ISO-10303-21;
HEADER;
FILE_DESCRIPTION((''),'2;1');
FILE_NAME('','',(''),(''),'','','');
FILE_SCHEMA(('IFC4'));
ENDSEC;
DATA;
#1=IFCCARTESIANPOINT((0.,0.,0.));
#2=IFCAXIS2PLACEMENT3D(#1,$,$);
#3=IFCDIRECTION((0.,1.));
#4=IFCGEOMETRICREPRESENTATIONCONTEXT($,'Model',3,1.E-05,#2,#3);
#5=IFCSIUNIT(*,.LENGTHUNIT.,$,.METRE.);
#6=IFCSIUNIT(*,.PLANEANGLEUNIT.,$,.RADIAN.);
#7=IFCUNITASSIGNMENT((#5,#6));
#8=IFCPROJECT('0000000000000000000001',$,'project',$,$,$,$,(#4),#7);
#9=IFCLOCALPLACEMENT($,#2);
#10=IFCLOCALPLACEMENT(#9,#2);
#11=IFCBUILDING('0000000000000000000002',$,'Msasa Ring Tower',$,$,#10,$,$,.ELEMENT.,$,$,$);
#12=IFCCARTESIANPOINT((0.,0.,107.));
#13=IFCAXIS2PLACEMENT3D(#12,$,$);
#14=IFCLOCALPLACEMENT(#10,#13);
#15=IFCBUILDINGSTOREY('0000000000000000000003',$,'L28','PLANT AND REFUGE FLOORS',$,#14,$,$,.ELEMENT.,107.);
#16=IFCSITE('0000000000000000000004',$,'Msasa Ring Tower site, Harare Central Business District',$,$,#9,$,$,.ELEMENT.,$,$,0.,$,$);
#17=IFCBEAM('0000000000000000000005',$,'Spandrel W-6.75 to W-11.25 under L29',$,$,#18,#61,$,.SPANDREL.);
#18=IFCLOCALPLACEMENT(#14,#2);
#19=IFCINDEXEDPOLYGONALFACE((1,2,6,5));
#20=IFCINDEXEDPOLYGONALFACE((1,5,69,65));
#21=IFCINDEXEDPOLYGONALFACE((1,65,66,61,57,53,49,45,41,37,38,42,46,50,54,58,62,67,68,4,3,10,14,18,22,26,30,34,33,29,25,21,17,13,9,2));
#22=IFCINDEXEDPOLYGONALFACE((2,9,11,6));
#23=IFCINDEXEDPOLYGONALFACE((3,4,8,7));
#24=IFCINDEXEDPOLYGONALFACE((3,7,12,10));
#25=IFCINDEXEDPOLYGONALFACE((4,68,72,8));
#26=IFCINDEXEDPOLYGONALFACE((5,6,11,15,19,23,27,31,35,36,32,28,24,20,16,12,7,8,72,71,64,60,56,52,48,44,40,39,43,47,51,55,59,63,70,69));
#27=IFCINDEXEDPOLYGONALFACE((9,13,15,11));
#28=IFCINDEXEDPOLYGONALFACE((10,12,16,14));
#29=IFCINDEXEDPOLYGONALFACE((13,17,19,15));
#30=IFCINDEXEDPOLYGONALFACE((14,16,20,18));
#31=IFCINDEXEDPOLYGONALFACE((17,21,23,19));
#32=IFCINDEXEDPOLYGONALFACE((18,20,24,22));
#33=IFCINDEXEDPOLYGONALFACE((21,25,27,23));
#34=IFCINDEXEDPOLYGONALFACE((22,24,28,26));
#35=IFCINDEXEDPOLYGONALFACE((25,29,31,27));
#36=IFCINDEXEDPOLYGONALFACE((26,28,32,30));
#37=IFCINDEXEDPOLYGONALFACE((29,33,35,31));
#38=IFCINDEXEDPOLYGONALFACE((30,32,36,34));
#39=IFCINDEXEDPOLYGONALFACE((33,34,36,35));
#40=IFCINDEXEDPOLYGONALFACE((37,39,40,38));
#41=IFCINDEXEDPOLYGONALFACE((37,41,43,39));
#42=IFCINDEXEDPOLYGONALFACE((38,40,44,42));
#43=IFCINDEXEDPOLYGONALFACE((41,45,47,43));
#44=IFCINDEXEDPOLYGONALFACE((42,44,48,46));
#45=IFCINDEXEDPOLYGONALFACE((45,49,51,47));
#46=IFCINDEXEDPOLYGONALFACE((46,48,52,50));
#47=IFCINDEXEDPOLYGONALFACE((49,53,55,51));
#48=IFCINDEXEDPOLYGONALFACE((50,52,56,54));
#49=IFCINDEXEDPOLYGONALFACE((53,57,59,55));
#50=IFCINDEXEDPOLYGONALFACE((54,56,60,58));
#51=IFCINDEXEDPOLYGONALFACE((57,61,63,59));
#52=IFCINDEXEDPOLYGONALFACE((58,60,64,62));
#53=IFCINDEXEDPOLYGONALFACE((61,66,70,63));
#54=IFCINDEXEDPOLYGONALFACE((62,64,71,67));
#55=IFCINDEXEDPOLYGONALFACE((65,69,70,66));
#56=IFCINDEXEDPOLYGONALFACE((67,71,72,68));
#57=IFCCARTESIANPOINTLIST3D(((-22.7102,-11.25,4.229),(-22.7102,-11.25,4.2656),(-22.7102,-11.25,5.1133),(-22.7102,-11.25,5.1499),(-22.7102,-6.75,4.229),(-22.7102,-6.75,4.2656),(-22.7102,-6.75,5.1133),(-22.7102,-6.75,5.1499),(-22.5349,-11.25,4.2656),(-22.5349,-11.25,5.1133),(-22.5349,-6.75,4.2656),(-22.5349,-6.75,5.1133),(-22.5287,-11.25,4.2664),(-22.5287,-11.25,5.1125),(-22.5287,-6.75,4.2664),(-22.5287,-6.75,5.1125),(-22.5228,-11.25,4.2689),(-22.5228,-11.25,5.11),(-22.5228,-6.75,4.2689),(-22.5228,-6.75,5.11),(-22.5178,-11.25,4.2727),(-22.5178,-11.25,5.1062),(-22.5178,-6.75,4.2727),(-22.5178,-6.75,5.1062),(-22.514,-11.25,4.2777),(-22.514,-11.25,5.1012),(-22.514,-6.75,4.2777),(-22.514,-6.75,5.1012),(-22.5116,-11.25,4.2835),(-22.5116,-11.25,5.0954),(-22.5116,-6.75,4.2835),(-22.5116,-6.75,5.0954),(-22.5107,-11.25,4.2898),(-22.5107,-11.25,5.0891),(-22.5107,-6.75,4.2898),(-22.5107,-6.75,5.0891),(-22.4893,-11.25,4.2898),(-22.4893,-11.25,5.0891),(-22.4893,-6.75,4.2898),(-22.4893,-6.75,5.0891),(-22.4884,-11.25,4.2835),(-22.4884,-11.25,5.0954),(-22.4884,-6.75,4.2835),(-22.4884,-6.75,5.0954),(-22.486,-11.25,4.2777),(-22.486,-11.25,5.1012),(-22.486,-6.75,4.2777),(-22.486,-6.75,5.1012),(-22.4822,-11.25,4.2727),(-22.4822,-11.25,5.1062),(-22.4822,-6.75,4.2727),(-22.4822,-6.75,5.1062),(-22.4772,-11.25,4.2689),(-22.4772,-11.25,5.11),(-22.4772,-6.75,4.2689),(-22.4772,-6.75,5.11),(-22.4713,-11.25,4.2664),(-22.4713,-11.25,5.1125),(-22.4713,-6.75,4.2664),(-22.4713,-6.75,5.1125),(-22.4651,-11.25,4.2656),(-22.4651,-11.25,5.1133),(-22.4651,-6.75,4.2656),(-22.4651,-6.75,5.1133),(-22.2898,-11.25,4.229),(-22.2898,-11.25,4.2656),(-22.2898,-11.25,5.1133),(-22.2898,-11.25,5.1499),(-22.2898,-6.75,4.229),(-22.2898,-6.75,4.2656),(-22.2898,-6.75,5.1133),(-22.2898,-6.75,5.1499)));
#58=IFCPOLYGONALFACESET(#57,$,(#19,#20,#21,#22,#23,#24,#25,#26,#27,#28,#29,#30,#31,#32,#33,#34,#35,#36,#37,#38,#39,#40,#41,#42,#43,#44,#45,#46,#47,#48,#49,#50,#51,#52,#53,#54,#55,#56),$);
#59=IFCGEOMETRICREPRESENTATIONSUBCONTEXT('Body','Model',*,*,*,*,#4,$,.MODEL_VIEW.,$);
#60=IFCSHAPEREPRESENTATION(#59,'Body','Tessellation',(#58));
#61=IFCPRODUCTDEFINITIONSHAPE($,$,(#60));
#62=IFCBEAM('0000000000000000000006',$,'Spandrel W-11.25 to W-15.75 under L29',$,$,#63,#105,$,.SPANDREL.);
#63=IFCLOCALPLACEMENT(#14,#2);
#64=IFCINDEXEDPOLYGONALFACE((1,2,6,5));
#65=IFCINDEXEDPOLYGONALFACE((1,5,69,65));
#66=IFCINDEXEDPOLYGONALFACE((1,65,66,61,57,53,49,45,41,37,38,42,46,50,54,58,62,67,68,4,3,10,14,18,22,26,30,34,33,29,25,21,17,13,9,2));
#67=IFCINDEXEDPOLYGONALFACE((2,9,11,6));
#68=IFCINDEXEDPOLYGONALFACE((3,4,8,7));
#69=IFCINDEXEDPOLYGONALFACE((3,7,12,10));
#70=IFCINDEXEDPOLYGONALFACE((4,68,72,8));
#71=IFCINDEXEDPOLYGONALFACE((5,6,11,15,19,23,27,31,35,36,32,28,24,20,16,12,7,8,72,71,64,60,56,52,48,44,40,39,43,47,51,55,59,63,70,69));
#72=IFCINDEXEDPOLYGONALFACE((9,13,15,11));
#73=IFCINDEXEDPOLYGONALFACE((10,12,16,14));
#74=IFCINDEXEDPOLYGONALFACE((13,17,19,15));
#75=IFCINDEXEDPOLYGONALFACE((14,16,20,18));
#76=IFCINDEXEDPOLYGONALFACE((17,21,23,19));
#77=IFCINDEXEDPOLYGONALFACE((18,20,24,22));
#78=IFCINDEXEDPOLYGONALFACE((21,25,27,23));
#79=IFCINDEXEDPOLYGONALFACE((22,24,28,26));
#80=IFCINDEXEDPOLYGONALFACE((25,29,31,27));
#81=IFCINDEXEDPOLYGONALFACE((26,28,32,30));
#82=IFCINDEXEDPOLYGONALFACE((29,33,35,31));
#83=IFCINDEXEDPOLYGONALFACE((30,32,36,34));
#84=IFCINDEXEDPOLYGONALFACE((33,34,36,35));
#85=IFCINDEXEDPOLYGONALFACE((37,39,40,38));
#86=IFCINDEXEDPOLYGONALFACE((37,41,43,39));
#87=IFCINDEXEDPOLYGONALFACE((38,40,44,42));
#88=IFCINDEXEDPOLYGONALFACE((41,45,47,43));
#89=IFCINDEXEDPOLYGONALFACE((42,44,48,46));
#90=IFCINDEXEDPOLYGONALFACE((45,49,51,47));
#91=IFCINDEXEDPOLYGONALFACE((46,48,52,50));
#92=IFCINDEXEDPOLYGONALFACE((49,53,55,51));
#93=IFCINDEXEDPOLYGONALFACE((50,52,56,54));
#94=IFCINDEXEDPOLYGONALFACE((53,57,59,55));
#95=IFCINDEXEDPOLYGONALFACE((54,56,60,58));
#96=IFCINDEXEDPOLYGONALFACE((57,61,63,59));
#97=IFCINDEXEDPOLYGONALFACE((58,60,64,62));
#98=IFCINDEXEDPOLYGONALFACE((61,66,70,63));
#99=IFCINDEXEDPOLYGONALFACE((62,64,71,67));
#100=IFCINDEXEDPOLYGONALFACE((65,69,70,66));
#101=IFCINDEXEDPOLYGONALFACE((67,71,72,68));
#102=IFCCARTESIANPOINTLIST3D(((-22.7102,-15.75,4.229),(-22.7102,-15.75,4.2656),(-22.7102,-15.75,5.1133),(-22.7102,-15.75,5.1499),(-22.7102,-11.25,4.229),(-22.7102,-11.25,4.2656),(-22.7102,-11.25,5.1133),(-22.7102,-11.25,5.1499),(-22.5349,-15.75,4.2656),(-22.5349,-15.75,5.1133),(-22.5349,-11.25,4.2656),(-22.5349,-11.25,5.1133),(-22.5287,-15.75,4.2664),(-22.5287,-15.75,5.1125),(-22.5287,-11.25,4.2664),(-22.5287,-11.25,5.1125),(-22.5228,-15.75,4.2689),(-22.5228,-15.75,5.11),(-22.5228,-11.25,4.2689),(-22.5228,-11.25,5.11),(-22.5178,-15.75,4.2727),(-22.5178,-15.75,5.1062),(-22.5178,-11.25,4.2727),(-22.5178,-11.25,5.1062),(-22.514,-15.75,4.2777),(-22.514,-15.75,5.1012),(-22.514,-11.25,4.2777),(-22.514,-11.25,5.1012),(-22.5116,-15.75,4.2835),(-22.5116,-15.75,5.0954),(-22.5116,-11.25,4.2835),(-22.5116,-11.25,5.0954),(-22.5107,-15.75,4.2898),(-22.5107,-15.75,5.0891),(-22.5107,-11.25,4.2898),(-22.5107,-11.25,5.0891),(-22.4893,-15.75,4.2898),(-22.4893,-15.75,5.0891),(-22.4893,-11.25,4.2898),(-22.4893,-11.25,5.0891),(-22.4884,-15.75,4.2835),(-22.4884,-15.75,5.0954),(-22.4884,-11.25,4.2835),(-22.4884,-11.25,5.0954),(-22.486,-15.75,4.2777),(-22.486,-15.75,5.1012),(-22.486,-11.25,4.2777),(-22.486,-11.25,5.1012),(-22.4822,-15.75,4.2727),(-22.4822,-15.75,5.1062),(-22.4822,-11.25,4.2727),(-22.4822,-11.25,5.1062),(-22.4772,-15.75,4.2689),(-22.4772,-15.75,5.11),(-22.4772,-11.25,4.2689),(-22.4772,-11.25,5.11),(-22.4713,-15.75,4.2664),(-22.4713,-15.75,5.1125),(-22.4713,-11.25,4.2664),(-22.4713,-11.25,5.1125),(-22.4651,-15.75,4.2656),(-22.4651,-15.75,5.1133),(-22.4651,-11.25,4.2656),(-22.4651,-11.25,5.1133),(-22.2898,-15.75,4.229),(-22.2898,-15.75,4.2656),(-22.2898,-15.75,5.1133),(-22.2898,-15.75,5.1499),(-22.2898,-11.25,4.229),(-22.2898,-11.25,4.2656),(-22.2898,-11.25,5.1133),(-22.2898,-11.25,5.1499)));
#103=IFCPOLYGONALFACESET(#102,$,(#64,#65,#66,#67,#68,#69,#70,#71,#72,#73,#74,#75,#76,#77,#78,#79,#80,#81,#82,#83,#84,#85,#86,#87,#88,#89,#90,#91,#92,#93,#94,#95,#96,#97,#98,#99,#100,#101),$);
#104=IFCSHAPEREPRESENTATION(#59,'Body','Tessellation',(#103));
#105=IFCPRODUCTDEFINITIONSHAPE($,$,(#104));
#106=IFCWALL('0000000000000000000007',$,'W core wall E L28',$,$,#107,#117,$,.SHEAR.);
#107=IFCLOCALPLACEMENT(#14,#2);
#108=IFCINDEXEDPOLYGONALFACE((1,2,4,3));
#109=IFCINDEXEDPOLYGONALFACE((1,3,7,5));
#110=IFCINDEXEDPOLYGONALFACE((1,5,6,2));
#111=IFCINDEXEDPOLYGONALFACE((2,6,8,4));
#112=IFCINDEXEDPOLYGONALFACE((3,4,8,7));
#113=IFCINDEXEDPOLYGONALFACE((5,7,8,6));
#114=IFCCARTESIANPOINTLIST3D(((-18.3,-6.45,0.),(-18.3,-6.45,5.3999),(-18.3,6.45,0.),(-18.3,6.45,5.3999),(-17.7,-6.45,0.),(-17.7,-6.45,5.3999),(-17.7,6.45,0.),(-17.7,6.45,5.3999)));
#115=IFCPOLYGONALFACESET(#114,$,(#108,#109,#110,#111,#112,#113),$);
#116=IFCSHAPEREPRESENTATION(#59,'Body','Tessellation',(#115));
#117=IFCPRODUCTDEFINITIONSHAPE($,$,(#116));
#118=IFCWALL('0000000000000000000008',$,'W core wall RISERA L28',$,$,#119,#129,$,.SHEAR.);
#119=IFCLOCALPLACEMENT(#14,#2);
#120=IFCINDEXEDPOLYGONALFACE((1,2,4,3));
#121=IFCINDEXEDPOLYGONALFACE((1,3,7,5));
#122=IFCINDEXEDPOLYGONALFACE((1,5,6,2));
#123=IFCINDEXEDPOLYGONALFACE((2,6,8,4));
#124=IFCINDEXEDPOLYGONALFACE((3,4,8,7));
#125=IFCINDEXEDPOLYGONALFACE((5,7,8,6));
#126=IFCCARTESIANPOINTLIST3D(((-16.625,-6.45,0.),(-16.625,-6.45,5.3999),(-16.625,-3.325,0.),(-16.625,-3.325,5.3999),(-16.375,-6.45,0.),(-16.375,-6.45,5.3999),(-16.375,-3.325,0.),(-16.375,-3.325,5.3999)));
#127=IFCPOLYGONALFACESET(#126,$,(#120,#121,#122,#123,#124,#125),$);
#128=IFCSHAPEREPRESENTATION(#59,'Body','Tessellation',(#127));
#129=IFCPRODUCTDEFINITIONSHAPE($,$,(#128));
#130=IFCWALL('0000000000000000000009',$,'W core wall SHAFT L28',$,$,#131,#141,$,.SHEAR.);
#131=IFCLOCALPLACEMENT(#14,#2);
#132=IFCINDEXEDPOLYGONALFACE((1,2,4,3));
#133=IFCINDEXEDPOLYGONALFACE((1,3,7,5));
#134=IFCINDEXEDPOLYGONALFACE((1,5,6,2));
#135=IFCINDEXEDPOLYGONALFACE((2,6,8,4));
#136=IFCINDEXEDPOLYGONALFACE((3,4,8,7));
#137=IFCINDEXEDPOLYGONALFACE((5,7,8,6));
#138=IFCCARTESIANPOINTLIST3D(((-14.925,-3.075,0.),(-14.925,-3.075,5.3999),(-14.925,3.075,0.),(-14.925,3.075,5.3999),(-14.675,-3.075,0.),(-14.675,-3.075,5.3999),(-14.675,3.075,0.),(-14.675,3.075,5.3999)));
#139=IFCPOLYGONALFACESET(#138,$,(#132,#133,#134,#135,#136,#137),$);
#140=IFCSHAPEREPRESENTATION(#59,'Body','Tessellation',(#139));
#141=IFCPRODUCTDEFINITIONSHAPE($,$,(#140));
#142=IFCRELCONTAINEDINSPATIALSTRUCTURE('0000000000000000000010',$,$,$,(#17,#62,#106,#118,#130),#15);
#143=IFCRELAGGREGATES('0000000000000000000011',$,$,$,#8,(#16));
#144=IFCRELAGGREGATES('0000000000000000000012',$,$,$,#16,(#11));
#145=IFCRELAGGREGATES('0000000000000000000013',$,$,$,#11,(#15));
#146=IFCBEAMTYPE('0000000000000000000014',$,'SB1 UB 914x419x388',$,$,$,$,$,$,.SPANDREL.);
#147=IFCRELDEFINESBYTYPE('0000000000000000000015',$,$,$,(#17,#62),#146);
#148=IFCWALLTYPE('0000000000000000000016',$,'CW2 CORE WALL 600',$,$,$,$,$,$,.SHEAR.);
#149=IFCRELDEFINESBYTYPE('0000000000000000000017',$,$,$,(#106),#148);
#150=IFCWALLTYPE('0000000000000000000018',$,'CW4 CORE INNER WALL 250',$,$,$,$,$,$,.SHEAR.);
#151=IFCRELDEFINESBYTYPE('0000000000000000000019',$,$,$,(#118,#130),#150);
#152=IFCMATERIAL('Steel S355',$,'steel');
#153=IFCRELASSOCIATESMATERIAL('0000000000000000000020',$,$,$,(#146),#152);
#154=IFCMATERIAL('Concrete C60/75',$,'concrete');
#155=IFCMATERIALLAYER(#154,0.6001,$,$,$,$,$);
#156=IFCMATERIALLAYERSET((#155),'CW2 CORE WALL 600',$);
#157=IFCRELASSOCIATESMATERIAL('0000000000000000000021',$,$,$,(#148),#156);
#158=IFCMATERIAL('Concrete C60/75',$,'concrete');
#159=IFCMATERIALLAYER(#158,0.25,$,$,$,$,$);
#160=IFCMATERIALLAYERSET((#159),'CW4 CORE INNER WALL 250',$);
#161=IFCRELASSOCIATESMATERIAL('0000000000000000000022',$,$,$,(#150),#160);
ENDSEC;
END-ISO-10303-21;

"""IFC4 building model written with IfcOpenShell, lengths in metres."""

from ifc_helpers import new_model, si_unit, direction, frame, frame_2d, origin, origin_2d, place, context, subcontext, project, spatial, rectangle, i_section, extrude, material, layer, layer_set, material_profile, profile_set, type_object, element, save


model = new_model("IFC4")

# Units and contexts
model_context = context("Model", 3, precision=1e-05, world=origin(), true_north=direction((0.0, 1.0)))
body_context = subcontext(model_context, "Body", "Model", "MODEL_VIEW")
ifc_project = project(units=[si_unit("LENGTHUNIT", "METRE"), si_unit("PLANEANGLEUNIT", "RADIAN")], contexts=[model_context])

# Site, building, storey
site_placement = place(None, origin())
site = spatial("IfcSite", under=ifc_project, at=site_placement, Name="Msasa Ring Tower site, Harare Central Business District", CompositionType="ELEMENT", RefElevation=0.0)
building_placement = place(site_placement, origin())
building = spatial("IfcBuilding", under=site, at=building_placement, Name="Msasa Ring Tower", CompositionType="ELEMENT")
storey_placement = place(building_placement, frame((0.0, 0.0, 107.0)))
storey = spatial("IfcBuildingStorey", under=building, at=storey_placement, Name="L28", Description="PLANT AND REFUGE FLOORS", CompositionType="ELEMENT", Elevation=107.0)

# Beams
ifc_material_1 = material(Name="Steel S355", Category="steel")
ifc_material_profile_1 = material_profile(ifc_material_1, i_section(OverallWidth=0.4204, OverallDepth=0.9209, WebThickness=0.0215, FlangeThickness=0.0366, FilletRadius=0.0242, at=origin_2d()), Name="UB 914x419x388")
ifc_profile_set_1 = profile_set([ifc_material_profile_1], Name="Steel S355")
beam_type_1 = type_object("IfcBeamType", Name="SB1 UB 914x419x388", PredefinedType="SPANDREL", material=ifc_profile_set_1)
for number, where, z_axis, x_axis, name in (
    (1, (-22.5, -6.75, 4.6895), (0.0, -1.0, 0.0), (1.0, 0.0, 0.0), "Spandrel W-6.75 to W-11.25 under L29"),
    (2, (-22.5, -11.25, 4.6895), (0.0, -1.0, 0.0), (1.0, 0.0, 0.0), "Spandrel W-11.25 to W-15.75 under L29"),
):
    element("IfcBeam", number, at=place(storey_placement, frame(where, z_axis=z_axis, x_axis=x_axis)), inside=storey, type_object=beam_type_1, Name=name, PredefinedType="SPANDREL", context=body_context, shape_type="SweptSolid", body=[
        extrude(i_section(OverallWidth=0.4204, OverallDepth=0.9209, WebThickness=0.0215, FlangeThickness=0.0366, FilletRadius=0.0242, at=origin_2d()), origin(), (0.0, 0.0, 1.0), 4.5),
    ])

# Walls
ifc_material_2 = material(Name="Concrete C60/75", Category="concrete")
ifc_layer_1 = layer(ifc_material_2, 0.6001)
ifc_layer_set_1 = layer_set([ifc_layer_1], Name="CW2 CORE WALL 600")
wall_type_1 = type_object("IfcWallType", Name="CW2 CORE WALL 600", PredefinedType="SHEAR", material=ifc_layer_set_1)
wall_1_placement = place(storey_placement, frame((-18.0, -6.45, 0.0), z_axis=(0.0, 0.0, 1.0), x_axis=(0.0, 1.0, 0.0)))
element("IfcWall", 3, at=wall_1_placement, inside=storey, type_object=wall_type_1, Name="W core wall E L28", PredefinedType="SHEAR", context=body_context, shape_type="SweptSolid", body=[
    extrude(rectangle(XDim=12.8999, YDim=0.6001, at=frame_2d((6.45, 0.0))), origin(), (0.0, 0.0, 1.0), 5.3999),
])
ifc_material_3 = material(Name="Concrete C60/75", Category="concrete")
ifc_layer_2 = layer(ifc_material_3, 0.25)
ifc_layer_set_2 = layer_set([ifc_layer_2], Name="CW4 CORE INNER WALL 250")
wall_type_2 = type_object("IfcWallType", Name="CW4 CORE INNER WALL 250", PredefinedType="SHEAR", material=ifc_layer_set_2)
wall_2_placement = place(storey_placement, frame((-16.5, -6.45, 0.0), z_axis=(0.0, 0.0, 1.0), x_axis=(0.0, 1.0, 0.0)))
element("IfcWall", 4, at=wall_2_placement, inside=storey, type_object=wall_type_2, Name="W core wall RISERA L28", PredefinedType="SHEAR", context=body_context, shape_type="SweptSolid", body=[
    extrude(rectangle(XDim=3.125, YDim=0.25, at=frame_2d((1.5625, 0.0))), origin(), (0.0, 0.0, 1.0), 5.3999),
])
wall_3_placement = place(storey_placement, frame((-14.8, -3.075, 0.0), z_axis=(0.0, 0.0, 1.0), x_axis=(0.0, 1.0, 0.0)))
element("IfcWall", 5, at=wall_3_placement, inside=storey, type_object=wall_type_2, Name="W core wall SHAFT L28", PredefinedType="SHEAR", context=body_context, shape_type="SweptSolid", body=[
    extrude(rectangle(XDim=6.1499, YDim=0.25, at=frame_2d((3.075, 0.0))), origin(), (0.0, 0.0, 1.0), 5.3999),
])

save(model, "model.ifc")
